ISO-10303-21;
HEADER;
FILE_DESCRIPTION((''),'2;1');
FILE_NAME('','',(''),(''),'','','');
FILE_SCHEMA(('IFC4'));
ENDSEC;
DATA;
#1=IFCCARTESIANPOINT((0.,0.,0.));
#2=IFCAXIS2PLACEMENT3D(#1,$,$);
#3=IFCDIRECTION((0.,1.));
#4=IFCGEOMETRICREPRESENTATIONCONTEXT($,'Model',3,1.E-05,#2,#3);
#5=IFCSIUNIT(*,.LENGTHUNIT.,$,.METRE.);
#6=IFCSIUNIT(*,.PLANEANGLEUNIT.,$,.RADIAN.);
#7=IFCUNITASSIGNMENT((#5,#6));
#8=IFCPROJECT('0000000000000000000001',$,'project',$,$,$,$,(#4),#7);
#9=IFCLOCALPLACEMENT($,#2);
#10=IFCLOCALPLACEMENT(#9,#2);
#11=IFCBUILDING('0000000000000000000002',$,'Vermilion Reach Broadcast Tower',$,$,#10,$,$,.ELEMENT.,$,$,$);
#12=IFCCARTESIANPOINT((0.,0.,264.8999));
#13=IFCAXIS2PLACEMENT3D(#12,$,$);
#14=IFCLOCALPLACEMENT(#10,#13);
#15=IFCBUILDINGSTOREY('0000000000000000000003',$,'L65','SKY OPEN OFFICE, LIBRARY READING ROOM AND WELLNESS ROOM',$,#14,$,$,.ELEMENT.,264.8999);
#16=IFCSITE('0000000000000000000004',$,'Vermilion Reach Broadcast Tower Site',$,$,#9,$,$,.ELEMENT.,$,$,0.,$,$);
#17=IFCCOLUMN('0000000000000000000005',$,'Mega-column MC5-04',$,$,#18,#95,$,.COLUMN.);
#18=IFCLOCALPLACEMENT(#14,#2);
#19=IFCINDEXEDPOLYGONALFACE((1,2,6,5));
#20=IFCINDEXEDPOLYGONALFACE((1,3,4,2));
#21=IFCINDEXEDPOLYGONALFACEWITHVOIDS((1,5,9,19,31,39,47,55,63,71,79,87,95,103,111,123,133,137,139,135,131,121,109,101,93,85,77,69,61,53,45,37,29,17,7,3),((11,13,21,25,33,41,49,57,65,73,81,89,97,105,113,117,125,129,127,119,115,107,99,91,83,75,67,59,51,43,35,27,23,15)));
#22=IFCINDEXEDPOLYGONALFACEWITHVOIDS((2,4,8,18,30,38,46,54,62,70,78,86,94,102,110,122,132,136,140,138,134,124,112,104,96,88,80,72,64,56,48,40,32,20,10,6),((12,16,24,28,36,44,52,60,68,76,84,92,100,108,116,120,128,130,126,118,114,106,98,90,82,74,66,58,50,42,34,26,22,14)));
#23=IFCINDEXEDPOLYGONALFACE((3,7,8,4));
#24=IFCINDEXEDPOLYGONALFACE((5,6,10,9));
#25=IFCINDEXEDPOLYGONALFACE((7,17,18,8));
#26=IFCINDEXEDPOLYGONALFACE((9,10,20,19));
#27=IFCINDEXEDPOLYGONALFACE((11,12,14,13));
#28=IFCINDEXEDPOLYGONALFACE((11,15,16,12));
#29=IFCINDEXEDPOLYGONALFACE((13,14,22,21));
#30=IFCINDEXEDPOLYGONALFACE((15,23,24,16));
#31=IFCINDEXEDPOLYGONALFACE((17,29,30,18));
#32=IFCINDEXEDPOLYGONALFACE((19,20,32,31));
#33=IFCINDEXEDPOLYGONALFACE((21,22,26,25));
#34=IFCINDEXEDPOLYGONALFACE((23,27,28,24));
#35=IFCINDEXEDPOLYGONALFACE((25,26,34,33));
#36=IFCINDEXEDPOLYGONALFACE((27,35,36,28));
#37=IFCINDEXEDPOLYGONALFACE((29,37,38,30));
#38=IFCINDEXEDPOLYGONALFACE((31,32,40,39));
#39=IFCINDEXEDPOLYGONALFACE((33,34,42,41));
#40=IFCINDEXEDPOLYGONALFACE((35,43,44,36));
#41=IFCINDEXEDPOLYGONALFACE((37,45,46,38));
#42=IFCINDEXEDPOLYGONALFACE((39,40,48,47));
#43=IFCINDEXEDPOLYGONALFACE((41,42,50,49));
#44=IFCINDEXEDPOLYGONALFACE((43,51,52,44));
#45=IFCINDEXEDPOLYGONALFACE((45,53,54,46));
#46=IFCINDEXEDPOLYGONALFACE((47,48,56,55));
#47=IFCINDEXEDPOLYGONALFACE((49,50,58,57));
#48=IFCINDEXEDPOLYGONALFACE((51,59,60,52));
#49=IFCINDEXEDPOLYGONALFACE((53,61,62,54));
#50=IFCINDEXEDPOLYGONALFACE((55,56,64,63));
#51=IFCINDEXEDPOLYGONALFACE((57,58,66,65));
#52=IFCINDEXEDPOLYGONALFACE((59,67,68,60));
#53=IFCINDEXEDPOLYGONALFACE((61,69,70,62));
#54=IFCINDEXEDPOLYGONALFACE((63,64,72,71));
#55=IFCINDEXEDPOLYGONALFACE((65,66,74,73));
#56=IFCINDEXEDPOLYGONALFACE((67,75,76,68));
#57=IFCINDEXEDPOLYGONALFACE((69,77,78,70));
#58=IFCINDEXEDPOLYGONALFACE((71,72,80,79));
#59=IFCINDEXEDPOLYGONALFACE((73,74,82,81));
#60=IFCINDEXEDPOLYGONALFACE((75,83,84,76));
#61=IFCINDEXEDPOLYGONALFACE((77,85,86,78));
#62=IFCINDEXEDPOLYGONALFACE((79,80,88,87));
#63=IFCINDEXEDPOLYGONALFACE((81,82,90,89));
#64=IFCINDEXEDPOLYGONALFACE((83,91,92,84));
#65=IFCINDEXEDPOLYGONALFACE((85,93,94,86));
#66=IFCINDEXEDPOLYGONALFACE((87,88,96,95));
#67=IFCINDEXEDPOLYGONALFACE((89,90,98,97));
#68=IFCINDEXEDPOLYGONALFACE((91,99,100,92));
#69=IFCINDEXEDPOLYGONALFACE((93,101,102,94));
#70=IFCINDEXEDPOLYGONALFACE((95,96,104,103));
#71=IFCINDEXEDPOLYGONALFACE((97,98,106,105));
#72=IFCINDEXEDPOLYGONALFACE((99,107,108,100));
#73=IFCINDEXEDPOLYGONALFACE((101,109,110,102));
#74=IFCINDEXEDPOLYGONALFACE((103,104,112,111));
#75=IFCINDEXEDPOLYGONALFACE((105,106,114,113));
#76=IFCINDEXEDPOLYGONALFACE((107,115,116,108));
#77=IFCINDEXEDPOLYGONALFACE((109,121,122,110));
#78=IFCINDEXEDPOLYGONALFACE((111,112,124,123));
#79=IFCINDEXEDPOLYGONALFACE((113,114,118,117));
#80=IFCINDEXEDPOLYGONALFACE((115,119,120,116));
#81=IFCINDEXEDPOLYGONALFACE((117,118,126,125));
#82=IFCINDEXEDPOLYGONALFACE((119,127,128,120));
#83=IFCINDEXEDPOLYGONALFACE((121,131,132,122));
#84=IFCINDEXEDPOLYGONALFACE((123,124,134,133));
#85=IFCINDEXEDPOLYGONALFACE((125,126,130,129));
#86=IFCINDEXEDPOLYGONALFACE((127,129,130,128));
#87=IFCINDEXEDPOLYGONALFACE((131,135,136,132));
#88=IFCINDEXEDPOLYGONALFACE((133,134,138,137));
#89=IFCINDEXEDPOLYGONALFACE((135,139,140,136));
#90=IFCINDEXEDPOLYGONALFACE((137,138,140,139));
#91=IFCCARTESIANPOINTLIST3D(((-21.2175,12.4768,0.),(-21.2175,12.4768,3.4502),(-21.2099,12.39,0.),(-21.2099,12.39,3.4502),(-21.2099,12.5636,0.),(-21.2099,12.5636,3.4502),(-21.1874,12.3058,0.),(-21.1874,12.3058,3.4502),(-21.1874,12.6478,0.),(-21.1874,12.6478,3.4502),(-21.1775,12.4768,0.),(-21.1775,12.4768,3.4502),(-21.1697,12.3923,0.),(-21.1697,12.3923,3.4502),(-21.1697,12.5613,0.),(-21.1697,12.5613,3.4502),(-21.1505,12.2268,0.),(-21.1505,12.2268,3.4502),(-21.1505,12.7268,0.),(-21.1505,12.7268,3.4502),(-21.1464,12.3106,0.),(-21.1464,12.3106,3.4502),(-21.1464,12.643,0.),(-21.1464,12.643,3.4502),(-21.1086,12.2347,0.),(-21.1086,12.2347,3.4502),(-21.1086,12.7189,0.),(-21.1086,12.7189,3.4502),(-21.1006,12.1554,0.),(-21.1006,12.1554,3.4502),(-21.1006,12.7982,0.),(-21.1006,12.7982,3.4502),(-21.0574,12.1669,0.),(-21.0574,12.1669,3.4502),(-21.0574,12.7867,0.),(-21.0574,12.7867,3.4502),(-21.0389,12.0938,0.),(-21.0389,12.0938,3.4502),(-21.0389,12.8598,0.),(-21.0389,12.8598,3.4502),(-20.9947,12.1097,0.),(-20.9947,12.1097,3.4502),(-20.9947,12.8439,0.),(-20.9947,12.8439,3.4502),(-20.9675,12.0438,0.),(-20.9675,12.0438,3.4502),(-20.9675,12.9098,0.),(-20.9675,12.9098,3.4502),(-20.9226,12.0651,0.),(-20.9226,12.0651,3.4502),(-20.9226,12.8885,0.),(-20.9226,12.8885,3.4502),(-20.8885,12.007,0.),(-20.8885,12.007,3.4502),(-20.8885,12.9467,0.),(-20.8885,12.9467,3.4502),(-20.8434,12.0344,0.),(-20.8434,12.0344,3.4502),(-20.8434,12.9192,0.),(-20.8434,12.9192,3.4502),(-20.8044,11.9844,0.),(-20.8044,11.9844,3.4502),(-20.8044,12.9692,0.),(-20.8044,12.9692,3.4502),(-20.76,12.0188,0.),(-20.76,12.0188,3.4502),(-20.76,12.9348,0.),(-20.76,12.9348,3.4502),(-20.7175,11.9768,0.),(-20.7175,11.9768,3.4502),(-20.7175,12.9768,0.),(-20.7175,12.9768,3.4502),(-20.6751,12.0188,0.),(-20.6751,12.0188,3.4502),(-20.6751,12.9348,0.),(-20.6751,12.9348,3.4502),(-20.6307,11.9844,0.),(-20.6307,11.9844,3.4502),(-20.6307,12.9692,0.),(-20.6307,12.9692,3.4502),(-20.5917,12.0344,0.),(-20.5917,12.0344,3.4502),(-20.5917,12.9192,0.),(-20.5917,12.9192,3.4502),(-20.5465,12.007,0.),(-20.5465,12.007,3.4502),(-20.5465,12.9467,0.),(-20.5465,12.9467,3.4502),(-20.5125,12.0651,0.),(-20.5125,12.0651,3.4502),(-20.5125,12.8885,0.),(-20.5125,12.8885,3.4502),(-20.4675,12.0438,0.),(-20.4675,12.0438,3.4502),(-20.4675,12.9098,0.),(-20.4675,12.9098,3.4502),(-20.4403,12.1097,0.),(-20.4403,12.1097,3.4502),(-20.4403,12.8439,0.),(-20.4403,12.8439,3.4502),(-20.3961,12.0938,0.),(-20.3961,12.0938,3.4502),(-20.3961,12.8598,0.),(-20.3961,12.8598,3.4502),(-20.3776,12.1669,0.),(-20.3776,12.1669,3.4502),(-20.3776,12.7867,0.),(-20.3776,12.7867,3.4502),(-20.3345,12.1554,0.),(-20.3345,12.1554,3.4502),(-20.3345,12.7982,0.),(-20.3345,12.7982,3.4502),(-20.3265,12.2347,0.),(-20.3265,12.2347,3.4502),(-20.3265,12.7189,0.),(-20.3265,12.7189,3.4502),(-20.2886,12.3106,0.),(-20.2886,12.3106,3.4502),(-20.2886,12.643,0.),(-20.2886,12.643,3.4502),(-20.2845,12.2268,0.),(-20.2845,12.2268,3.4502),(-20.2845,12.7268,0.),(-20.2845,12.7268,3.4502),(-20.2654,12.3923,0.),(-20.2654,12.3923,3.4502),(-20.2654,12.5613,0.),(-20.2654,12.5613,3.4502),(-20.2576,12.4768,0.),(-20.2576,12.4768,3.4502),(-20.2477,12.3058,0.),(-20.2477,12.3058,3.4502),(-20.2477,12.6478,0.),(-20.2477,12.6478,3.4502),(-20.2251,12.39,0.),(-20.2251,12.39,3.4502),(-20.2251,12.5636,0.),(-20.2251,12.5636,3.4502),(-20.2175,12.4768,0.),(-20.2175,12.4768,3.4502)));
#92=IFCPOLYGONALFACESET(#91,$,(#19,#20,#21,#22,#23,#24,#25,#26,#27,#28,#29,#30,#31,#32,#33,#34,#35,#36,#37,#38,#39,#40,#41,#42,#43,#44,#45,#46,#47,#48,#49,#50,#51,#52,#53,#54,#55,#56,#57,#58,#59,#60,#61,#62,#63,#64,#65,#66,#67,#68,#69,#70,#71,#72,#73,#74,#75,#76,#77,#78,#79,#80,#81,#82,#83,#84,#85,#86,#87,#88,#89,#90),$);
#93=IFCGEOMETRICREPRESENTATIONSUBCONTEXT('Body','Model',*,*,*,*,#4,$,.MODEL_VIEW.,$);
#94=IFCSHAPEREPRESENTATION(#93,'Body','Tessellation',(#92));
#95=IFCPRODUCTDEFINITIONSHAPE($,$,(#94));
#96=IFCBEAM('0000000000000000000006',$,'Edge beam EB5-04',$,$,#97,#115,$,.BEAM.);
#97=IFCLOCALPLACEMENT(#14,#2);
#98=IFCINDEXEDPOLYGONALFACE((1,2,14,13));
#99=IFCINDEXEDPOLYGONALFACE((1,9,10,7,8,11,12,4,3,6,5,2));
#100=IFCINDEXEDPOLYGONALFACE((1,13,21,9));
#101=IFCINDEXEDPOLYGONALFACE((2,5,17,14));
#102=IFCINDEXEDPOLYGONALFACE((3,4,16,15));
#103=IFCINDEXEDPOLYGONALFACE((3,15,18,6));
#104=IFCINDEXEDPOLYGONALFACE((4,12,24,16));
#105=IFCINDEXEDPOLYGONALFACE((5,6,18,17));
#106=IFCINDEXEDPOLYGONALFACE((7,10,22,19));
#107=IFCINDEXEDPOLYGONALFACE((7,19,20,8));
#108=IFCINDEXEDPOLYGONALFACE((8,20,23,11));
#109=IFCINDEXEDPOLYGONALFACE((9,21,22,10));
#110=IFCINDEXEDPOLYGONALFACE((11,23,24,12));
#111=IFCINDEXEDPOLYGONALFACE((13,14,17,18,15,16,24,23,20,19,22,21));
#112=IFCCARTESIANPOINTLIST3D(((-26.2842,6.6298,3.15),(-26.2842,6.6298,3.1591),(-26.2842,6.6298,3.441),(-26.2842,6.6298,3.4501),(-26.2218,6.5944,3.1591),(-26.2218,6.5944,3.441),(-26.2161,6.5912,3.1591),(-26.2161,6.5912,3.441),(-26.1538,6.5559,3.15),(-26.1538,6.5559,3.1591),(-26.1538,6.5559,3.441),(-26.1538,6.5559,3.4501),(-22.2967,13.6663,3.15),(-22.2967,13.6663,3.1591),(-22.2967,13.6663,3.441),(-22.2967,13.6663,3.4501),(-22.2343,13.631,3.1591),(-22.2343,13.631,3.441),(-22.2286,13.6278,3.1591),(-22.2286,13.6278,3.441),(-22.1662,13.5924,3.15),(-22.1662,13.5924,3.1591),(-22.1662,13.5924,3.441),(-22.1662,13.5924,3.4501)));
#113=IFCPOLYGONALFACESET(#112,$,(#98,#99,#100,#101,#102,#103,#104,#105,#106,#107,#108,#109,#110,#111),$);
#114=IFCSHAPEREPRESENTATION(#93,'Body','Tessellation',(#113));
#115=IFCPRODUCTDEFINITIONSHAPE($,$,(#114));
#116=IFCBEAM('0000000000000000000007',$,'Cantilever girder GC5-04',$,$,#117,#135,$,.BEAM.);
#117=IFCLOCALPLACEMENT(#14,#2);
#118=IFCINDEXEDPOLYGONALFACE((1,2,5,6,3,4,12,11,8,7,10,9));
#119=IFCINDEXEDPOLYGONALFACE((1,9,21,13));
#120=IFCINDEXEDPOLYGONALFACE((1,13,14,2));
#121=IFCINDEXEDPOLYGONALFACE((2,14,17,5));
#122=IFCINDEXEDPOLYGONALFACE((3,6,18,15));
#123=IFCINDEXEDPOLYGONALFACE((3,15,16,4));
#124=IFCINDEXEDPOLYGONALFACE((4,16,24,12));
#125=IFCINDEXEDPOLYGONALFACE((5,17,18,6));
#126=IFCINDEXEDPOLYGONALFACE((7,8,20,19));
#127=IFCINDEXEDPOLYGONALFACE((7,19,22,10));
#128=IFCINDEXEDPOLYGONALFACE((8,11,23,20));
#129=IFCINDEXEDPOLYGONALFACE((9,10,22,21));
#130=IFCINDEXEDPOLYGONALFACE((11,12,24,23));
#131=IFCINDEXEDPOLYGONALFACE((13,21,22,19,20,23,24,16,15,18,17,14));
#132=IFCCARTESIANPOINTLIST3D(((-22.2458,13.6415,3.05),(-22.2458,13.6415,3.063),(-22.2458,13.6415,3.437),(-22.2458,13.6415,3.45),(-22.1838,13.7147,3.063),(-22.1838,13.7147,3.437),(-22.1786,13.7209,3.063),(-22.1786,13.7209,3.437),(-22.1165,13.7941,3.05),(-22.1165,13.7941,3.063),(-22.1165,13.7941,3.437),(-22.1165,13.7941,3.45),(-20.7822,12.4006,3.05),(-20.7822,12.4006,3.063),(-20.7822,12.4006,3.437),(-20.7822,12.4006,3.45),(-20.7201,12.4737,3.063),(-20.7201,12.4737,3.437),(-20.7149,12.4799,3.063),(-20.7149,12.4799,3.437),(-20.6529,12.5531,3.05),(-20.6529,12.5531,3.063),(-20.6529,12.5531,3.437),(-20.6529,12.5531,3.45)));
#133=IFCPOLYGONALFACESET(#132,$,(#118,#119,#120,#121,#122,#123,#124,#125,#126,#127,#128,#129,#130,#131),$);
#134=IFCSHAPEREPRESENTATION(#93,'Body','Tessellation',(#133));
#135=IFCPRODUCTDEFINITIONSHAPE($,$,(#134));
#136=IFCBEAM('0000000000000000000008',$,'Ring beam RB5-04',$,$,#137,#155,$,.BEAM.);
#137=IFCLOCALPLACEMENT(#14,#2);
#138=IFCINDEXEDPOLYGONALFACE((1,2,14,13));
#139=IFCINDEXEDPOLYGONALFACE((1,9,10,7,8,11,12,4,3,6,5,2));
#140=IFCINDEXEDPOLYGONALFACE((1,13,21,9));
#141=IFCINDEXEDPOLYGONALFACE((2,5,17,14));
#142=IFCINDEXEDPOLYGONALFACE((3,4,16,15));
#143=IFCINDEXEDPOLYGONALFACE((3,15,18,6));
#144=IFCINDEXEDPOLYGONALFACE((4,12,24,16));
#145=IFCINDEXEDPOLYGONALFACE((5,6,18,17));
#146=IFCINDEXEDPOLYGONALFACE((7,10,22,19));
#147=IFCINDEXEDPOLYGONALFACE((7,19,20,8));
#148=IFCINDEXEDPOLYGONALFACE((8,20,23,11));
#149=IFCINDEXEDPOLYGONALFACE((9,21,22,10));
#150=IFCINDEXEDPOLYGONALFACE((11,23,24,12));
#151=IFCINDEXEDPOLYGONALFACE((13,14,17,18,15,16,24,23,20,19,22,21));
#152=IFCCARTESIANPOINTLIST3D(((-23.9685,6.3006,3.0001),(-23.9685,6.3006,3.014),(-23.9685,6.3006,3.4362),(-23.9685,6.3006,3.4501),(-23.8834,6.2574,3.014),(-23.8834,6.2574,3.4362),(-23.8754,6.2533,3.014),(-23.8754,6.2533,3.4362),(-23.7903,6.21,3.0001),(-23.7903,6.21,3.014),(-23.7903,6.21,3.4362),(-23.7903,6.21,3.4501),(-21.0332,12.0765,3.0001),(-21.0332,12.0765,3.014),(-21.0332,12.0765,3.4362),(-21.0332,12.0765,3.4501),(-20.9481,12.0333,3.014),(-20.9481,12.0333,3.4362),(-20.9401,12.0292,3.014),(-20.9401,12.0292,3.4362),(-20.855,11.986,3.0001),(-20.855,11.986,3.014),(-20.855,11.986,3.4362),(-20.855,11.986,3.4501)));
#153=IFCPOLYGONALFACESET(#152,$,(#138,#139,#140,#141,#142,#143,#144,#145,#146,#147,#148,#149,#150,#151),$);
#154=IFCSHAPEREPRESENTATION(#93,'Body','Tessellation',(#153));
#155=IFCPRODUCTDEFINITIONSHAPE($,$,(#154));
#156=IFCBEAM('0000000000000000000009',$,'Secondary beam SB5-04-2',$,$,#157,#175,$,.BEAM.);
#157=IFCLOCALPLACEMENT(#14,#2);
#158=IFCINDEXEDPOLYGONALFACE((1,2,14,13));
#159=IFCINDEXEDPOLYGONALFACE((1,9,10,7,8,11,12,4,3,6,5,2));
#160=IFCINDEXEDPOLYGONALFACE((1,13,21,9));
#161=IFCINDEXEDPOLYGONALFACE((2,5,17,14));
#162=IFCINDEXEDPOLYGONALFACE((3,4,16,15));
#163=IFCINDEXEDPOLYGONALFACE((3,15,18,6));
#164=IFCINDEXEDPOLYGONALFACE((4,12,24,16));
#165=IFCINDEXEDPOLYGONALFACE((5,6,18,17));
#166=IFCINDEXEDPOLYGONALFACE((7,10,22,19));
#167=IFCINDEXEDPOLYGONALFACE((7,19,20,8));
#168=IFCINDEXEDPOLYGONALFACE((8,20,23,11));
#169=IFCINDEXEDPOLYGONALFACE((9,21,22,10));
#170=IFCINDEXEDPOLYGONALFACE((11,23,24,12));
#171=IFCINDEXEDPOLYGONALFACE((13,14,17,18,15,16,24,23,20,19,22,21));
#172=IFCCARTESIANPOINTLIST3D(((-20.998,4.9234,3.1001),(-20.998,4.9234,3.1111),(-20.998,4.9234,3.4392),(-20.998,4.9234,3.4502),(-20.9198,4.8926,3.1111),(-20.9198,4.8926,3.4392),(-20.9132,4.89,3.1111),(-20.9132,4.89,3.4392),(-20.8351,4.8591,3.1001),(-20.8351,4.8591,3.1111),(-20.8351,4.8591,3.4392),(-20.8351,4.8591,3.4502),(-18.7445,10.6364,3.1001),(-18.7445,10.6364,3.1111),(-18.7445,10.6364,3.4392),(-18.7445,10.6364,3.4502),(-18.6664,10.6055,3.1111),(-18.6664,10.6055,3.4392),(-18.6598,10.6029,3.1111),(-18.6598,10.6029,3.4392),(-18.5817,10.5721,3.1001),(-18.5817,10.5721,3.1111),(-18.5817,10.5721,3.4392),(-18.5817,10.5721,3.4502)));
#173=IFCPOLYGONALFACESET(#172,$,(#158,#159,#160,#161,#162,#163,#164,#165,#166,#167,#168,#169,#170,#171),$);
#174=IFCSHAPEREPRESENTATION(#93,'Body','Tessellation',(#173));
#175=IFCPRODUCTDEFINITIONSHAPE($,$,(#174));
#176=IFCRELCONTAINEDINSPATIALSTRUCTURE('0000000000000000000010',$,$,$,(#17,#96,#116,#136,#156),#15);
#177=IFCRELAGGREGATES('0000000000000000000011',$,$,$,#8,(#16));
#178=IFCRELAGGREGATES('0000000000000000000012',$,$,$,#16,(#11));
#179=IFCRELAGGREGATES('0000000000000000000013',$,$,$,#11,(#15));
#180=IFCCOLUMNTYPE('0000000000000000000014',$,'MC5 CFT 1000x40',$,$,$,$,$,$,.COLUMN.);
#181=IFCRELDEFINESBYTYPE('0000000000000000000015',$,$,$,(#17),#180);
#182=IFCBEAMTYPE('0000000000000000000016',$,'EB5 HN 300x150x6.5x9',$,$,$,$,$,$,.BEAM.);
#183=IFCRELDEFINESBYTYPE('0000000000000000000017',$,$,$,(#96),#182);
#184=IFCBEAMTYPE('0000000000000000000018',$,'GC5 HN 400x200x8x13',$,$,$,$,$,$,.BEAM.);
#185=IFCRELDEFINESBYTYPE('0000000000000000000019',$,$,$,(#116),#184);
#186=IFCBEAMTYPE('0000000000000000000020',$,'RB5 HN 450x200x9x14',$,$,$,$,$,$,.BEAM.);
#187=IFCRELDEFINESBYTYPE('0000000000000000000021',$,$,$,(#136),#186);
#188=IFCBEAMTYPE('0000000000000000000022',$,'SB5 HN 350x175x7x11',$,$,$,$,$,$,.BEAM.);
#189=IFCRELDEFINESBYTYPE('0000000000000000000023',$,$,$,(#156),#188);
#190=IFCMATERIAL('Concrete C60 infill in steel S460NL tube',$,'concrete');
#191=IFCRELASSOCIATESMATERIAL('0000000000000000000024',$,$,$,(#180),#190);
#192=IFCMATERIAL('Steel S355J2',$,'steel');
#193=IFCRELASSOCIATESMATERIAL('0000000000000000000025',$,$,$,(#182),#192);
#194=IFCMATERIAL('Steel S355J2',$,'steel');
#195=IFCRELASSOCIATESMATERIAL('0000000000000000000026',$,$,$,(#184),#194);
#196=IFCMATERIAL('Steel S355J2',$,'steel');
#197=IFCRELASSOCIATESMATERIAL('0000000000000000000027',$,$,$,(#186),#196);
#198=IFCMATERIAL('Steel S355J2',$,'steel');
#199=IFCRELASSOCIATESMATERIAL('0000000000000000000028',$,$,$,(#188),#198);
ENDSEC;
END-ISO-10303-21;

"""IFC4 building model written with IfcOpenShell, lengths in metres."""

from ifc_helpers import new_model, si_unit, direction, frame, origin, origin_2d, place, context, subcontext, project, spatial, hollow_circle, i_section, extrude, material, material_profile, profile_set, type_object, element, save


model = new_model("IFC4")

# Units and contexts
model_context = context("Model", 3, precision=1e-05, world=origin(), true_north=direction((0.0, 1.0)))
body_context = subcontext(model_context, "Body", "Model", "MODEL_VIEW")
ifc_project = project(units=[si_unit("LENGTHUNIT", "METRE"), si_unit("PLANEANGLEUNIT", "RADIAN")], contexts=[model_context])

# Site, building, storey
site_placement = place(None, origin())
site = spatial("IfcSite", under=ifc_project, at=site_placement, Name="Vermilion Reach Broadcast Tower Site", CompositionType="ELEMENT", RefElevation=0.0)
building_placement = place(site_placement, origin())
building = spatial("IfcBuilding", under=site, at=building_placement, Name="Vermilion Reach Broadcast Tower", CompositionType="ELEMENT")
storey_placement = place(building_placement, frame((0.0, 0.0, 264.8999)))
storey = spatial("IfcBuildingStorey", under=building, at=storey_placement, Name="L65", Description="SKY OPEN OFFICE, LIBRARY READING ROOM AND WELLNESS ROOM", CompositionType="ELEMENT", Elevation=264.8999)

# Column
ifc_material_1 = material(Name="Concrete C60 infill in steel S460NL tube", Category="concrete")
ifc_material_profile_1 = material_profile(ifc_material_1, hollow_circle(Radius=0.5, WallThickness=0.04, at=origin_2d()), Name="Concrete C60 infill in steel S460NL tube CFT 1000x40")
ifc_profile_set_1 = profile_set([ifc_material_profile_1], Name="Concrete C60 infill in steel S460NL tube")
column_type = type_object("IfcColumnType", Name="MC5 CFT 1000x40", PredefinedType="COLUMN", material=ifc_profile_set_1)
column_placement = place(storey_placement, frame((-20.7175, 12.4768, 0.0), z_axis=(0.0, 0.0, 1.0), x_axis=(1.0, 0.0, 0.0)))
element("IfcColumn", 1, at=column_placement, inside=storey, type_object=column_type, Name="Mega-column MC5-04", PredefinedType="COLUMN", context=body_context, shape_type="SweptSolid", body=[
    extrude(hollow_circle(Radius=0.5, WallThickness=0.04, at=origin_2d()), origin(), (0.0, 0.0, 1.0), 3.4502),
])

# Beams
ifc_material_2 = material(Name="Steel S355J2", Category="steel")
ifc_material_profile_2 = material_profile(ifc_material_2, i_section(OverallWidth=0.1499, OverallDepth=0.3, WebThickness=0.0066, FlangeThickness=0.009, at=origin_2d()), Name="S355J2 HN 300x150x6.5x9")
ifc_profile_set_2 = profile_set([ifc_material_profile_2], Name="Steel S355J2")
beam_type_1 = type_object("IfcBeamType", Name="EB5 HN 300x150x6.5x9", PredefinedType="BEAM", material=ifc_profile_set_2)
beam_1_placement = place(storey_placement, frame((-22.2314, 13.6294, 3.3), z_axis=(-0.493025, -0.870015, 0.0), x_axis=(0.870015, -0.493025, 0.0)))
element("IfcBeam", 2, at=beam_1_placement, inside=storey, type_object=beam_type_1, Name="Edge beam EB5-04", PredefinedType="BEAM", context=body_context, shape_type="SweptSolid", body=[
    extrude(i_section(OverallWidth=0.1499, OverallDepth=0.3, WebThickness=0.0066, FlangeThickness=0.009, at=origin_2d()), origin(), (0.0, 0.0, 1.0), 8.0879),
])
ifc_material_3 = material(Name="Steel S355J2", Category="steel")
ifc_material_profile_3 = material_profile(ifc_material_3, i_section(OverallWidth=0.2, OverallDepth=0.3999, WebThickness=0.0081, FlangeThickness=0.0129, at=origin_2d()), Name="S355J2 HN 400x200x8x13")
ifc_profile_set_3 = profile_set([ifc_material_profile_3], Name="Steel S355J2")
beam_type_2 = type_object("IfcBeamType", Name="GC5 HN 400x200x8x13", PredefinedType="BEAM", material=ifc_profile_set_3)
beam_2_placement = place(storey_placement, frame((-20.7175, 12.4768, 3.25), z_axis=(-0.762739, 0.646706, 0.0), x_axis=(-0.646706, -0.762739, 0.0)))
element("IfcBeam", 3, at=beam_2_placement, inside=storey, type_object=beam_type_2, Name="Cantilever girder GC5-04", PredefinedType="BEAM", context=body_context, shape_type="SweptSolid", body=[
    extrude(i_section(OverallWidth=0.2, OverallDepth=0.3999, WebThickness=0.0081, FlangeThickness=0.0129, at=origin_2d()), origin(), (0.0, 0.0, 1.0), 1.9189),
])
ifc_material_4 = material(Name="Steel S355J2", Category="steel")
ifc_material_profile_4 = material_profile(ifc_material_4, i_section(OverallWidth=0.2, OverallDepth=0.45, WebThickness=0.009, FlangeThickness=0.0139, at=origin_2d()), Name="S355J2 HN 450x200x9x14")
ifc_profile_set_4 = profile_set([ifc_material_profile_4], Name="Steel S355J2")
beam_type_3 = type_object("IfcBeamType", Name="RB5 HN 450x200x9x14", PredefinedType="BEAM", material=ifc_profile_set_4)
beam_3_placement = place(storey_placement, frame((-20.9441, 12.0312, 3.2251), z_axis=(-0.453052, -0.891484, 0.0), x_axis=(0.891484, -0.453052, 0.0)))
element("IfcBeam", 4, at=beam_3_placement, inside=storey, type_object=beam_type_3, Name="Ring beam RB5-04", PredefinedType="BEAM", context=body_context, shape_type="SweptSolid", body=[
    extrude(i_section(OverallWidth=0.2, OverallDepth=0.45, WebThickness=0.009, FlangeThickness=0.0139, at=origin_2d()), origin(), (0.0, 0.0, 1.0), 6.479),
])
ifc_material_5 = material(Name="Steel S355J2", Category="steel")
ifc_material_profile_5 = material_profile(ifc_material_5, i_section(OverallWidth=0.175, OverallDepth=0.3501, WebThickness=0.0071, FlangeThickness=0.011, at=origin_2d()), Name="S355J2 HN 350x175x7x11")
ifc_profile_set_5 = profile_set([ifc_material_profile_5], Name="Steel S355J2")
beam_type_4 = type_object("IfcBeamType", Name="SB5 HN 350x175x7x11", PredefinedType="BEAM", material=ifc_profile_set_5)
beam_4_placement = place(storey_placement, frame((-18.6631, 10.6042, 3.2751), z_axis=(-0.366931, -0.930248, 0.0), x_axis=(0.930248, -0.366931, 0.0)))
element("IfcBeam", 5, at=beam_4_placement, inside=storey, type_object=beam_type_4, Name="Secondary beam SB5-04-2", PredefinedType="BEAM", context=body_context, shape_type="SweptSolid", body=[
    extrude(i_section(OverallWidth=0.175, OverallDepth=0.3501, WebThickness=0.0071, FlangeThickness=0.011, at=origin_2d()), origin(), (0.0, 0.0, 1.0), 6.1414),
])

save(model, "model.ifc")
